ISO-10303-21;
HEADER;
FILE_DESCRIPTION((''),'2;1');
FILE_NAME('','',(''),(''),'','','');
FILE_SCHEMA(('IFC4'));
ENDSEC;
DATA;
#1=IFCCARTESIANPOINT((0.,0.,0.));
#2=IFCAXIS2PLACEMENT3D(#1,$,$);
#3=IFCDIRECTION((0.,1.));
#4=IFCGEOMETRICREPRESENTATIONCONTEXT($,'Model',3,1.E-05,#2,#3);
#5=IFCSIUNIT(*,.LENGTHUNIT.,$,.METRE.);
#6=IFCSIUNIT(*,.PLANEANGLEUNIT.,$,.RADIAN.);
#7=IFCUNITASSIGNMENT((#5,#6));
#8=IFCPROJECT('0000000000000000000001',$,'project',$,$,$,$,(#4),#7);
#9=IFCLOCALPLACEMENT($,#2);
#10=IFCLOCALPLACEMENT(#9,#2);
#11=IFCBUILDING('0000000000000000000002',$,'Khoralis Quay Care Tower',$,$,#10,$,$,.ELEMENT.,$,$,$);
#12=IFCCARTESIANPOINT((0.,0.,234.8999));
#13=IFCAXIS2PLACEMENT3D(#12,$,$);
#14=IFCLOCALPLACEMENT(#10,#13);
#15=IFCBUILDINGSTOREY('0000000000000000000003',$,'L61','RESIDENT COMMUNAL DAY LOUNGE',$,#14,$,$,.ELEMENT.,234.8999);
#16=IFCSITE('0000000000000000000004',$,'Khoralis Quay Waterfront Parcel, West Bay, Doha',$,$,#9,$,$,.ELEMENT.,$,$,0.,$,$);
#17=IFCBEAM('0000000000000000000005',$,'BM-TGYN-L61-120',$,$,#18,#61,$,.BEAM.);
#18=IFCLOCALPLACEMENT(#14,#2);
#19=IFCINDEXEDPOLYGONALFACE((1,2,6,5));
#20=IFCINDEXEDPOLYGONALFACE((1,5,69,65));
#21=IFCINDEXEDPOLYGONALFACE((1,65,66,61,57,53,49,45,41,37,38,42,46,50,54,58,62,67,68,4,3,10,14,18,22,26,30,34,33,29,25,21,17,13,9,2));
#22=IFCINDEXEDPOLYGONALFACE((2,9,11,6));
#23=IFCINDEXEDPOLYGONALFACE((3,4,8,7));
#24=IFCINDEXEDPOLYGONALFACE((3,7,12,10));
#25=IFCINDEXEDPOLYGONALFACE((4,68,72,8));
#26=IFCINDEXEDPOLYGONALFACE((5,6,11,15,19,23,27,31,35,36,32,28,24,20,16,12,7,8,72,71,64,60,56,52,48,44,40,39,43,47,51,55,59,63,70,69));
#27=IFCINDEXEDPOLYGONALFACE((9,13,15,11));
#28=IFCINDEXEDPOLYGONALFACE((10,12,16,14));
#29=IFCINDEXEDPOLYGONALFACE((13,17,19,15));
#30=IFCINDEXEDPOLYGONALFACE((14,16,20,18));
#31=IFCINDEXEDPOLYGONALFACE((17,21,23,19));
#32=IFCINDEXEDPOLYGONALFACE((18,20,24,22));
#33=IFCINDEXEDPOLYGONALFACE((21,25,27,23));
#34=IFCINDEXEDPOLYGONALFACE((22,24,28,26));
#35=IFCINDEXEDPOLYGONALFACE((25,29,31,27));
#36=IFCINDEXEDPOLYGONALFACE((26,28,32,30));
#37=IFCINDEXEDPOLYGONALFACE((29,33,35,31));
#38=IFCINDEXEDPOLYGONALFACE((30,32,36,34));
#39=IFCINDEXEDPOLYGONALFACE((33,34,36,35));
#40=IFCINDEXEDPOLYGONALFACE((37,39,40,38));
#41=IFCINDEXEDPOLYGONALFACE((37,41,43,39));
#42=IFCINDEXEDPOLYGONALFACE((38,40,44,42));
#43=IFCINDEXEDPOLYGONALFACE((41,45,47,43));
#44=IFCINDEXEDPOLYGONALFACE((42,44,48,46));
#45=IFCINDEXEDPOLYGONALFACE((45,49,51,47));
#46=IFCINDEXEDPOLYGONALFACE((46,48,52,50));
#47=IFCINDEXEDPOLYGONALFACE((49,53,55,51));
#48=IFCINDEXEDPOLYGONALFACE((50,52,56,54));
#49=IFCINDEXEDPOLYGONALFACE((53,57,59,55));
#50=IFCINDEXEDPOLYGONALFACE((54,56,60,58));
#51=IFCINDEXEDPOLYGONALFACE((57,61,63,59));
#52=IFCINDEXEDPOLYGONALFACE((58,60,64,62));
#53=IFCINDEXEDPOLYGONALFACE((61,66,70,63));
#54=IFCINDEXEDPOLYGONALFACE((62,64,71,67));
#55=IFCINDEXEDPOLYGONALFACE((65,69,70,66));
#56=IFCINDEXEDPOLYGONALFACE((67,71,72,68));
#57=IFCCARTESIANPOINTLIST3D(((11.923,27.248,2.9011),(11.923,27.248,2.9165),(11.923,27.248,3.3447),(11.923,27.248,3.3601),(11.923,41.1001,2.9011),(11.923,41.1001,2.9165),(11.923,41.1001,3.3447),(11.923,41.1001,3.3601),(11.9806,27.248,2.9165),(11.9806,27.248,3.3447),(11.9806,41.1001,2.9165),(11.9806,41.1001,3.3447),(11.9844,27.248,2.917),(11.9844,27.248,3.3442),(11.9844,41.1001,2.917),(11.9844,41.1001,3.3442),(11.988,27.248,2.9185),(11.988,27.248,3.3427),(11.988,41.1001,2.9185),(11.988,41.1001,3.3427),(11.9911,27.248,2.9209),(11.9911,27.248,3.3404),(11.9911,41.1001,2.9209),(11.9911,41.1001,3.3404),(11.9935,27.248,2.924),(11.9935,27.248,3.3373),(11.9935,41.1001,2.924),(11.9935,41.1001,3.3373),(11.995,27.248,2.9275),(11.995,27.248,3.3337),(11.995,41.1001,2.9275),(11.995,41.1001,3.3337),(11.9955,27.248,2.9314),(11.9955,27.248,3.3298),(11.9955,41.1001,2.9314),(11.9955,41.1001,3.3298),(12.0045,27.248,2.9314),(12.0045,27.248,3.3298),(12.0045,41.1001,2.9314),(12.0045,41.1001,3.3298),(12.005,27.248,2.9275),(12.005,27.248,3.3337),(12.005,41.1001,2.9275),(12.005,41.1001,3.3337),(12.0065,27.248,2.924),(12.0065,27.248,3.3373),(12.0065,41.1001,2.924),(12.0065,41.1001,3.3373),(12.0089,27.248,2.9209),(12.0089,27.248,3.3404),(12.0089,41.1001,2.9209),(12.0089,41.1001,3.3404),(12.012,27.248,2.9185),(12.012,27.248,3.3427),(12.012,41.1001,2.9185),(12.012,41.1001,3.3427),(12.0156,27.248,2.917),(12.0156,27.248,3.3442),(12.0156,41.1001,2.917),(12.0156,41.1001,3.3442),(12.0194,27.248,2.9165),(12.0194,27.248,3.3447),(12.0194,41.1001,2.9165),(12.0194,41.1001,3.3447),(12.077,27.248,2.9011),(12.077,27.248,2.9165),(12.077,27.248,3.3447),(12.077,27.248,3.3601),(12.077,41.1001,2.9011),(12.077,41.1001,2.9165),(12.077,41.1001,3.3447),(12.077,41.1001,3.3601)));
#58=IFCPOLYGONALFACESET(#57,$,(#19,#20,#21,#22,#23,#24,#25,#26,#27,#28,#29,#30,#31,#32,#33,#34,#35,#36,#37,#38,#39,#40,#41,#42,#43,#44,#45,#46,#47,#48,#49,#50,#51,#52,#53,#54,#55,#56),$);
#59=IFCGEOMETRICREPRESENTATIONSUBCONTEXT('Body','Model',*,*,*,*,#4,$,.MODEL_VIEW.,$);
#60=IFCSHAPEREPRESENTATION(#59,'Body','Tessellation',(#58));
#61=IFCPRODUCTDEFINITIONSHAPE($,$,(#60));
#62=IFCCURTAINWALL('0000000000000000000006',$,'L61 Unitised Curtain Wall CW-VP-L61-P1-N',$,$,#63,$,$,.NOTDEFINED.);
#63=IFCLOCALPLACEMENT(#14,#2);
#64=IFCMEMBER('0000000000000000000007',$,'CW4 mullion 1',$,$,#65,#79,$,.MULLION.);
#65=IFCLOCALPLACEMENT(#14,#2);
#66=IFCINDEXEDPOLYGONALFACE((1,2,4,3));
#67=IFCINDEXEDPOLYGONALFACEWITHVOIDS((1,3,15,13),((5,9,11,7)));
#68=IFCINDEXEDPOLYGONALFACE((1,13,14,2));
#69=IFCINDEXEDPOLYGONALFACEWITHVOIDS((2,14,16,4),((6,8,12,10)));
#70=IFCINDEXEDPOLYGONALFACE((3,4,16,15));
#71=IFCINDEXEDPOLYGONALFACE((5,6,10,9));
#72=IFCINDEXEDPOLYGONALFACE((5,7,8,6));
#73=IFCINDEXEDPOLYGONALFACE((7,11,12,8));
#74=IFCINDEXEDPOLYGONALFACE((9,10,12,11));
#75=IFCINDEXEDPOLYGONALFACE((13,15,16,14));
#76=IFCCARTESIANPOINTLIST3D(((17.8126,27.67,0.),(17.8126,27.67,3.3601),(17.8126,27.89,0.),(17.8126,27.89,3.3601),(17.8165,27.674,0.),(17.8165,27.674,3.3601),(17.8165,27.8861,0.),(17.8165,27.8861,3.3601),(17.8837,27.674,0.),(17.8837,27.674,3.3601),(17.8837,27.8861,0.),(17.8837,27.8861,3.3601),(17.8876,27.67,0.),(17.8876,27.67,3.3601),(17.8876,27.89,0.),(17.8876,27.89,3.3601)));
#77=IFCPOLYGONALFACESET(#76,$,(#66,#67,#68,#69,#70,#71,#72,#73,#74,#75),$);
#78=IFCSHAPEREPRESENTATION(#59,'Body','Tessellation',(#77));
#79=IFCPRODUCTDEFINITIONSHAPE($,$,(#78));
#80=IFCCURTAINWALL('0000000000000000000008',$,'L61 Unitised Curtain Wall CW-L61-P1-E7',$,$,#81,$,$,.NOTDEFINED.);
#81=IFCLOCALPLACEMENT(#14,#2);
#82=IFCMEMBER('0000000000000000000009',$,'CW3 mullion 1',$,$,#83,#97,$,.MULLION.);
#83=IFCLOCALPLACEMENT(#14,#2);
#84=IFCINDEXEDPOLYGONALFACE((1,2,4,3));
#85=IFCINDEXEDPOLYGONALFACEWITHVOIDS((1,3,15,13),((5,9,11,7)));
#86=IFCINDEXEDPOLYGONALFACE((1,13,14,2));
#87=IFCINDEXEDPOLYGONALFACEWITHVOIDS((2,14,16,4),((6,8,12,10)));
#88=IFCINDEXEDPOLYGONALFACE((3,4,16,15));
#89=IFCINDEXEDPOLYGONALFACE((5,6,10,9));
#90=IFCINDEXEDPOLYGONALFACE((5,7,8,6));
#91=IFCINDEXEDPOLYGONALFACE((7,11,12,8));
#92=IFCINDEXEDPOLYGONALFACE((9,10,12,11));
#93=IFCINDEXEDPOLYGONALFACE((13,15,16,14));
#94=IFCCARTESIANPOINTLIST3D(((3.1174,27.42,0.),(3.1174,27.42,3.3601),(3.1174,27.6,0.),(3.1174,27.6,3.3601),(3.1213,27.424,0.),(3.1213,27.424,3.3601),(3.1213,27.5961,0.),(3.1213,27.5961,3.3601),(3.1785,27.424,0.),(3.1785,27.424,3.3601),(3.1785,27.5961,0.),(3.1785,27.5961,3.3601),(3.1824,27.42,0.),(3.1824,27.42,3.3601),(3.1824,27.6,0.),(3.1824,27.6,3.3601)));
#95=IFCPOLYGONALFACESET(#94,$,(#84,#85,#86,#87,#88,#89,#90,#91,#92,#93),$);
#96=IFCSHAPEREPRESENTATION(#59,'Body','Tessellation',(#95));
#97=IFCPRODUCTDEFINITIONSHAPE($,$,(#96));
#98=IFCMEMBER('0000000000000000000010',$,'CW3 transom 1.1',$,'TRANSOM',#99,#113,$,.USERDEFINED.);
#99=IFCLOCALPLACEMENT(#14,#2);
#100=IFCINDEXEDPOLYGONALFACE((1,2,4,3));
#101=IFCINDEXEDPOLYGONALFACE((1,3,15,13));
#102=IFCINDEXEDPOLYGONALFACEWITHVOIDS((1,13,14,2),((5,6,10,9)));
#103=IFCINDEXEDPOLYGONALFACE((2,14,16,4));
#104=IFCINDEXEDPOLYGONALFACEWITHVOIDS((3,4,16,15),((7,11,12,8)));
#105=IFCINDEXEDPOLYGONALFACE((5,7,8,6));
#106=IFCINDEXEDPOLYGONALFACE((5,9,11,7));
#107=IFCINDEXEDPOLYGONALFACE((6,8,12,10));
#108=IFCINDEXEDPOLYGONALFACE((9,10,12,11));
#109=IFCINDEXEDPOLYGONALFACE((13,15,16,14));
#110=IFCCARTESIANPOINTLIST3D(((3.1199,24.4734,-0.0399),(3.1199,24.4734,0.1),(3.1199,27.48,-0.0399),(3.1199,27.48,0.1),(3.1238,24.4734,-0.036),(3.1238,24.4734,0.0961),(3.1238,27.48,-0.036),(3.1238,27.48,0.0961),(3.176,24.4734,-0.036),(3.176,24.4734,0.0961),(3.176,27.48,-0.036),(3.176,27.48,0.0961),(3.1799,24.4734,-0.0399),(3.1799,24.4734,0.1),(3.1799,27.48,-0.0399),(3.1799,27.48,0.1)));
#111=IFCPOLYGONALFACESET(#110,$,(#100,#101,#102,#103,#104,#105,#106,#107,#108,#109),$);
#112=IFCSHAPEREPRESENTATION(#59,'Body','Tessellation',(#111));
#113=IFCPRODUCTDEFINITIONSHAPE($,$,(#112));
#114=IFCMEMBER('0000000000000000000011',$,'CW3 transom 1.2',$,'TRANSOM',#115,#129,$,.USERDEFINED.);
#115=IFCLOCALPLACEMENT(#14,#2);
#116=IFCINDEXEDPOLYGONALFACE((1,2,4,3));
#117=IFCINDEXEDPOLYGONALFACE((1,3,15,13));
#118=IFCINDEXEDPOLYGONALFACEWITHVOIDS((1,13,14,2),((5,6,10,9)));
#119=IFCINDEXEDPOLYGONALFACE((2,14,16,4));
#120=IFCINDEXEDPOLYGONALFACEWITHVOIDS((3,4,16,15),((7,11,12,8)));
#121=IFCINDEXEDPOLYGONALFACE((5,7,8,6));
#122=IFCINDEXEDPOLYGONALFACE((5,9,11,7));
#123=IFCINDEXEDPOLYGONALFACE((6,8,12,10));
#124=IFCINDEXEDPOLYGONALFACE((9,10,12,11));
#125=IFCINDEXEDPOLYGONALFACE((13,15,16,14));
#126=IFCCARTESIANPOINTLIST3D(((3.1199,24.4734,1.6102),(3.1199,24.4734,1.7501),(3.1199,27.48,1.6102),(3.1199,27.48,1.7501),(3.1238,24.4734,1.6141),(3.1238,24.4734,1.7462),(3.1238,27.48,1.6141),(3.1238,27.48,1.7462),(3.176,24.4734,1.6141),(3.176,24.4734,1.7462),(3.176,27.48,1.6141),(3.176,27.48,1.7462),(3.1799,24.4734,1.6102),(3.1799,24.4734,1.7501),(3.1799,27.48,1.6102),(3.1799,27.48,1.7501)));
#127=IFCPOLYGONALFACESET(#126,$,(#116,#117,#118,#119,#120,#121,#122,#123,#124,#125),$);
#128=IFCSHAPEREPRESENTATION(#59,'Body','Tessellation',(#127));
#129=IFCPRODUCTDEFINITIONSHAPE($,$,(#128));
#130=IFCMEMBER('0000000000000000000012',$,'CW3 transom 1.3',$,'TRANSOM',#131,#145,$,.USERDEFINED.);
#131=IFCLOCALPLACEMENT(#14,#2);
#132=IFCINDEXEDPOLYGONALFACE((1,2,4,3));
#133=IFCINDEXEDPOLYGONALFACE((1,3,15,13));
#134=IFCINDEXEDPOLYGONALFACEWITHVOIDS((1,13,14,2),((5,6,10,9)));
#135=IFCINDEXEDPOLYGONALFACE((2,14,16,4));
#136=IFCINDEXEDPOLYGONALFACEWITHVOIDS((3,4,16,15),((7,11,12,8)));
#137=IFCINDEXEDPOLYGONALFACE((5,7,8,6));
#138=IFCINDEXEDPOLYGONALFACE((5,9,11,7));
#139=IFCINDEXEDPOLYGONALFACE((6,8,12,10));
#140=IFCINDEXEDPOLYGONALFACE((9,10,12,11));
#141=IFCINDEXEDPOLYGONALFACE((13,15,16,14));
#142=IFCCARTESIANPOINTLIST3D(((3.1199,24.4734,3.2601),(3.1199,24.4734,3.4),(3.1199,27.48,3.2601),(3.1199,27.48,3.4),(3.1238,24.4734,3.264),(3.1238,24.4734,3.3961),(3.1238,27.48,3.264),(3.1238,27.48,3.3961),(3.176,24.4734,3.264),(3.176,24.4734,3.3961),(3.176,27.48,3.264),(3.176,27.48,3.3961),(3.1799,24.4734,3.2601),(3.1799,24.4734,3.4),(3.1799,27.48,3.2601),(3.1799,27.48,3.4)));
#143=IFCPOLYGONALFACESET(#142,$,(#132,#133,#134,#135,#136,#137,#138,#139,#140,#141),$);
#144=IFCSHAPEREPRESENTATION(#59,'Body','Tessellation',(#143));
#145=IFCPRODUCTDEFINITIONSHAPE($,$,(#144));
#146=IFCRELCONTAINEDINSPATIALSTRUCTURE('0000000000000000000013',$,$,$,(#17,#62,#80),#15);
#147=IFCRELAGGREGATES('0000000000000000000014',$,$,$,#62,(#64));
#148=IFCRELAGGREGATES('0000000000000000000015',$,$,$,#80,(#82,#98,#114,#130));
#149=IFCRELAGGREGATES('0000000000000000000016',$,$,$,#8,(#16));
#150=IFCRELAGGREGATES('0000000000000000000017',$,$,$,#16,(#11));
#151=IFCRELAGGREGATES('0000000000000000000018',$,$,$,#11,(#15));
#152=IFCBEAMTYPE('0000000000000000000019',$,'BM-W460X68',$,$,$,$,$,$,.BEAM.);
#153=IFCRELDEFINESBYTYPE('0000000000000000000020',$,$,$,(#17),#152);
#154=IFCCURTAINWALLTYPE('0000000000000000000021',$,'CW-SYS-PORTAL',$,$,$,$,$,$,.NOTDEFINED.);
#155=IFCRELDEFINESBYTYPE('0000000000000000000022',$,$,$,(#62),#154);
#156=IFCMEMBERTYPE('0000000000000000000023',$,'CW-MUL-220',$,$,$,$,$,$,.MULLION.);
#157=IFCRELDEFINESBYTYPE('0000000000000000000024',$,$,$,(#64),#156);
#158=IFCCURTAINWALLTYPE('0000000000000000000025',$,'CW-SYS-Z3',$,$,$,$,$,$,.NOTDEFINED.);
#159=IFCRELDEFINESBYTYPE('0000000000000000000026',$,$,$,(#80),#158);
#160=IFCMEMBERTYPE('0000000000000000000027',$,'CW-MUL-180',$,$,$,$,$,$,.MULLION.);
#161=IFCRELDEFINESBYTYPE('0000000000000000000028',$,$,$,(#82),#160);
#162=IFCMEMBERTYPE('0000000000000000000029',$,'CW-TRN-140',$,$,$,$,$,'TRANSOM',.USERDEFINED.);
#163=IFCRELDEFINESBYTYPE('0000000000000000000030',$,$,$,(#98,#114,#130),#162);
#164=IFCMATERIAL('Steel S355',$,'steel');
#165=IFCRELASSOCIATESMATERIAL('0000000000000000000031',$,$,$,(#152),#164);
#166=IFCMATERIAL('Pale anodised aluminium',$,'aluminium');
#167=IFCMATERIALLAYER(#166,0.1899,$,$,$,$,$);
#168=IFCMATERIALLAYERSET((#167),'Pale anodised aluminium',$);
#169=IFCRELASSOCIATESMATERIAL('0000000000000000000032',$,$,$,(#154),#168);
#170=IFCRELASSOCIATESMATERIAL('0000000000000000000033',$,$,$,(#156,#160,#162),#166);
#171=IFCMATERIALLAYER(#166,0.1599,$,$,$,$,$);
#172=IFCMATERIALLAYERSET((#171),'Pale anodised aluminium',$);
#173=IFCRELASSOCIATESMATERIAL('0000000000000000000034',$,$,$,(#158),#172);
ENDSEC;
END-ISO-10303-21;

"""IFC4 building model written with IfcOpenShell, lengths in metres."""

from ifc_helpers import new_model, si_unit, direction, frame, origin, origin_2d, place, context, subcontext, project, spatial, hollow_rectangle, i_section, extrude, source, transform, mapped, material, layer, layer_set, material_profile, profile_set, type_object, element, aggregate, save


model = new_model("IFC4")

# Units and contexts
model_context = context("Model", 3, precision=1e-05, world=origin(), true_north=direction((0.0, 1.0)))
body_context = subcontext(model_context, "Body", "Model", "MODEL_VIEW")
ifc_project = project(units=[si_unit("LENGTHUNIT", "METRE"), si_unit("PLANEANGLEUNIT", "RADIAN")], contexts=[model_context])

# Site, building, storey
site_placement = place(None, origin())
site = spatial("IfcSite", under=ifc_project, at=site_placement, Name="Khoralis Quay Waterfront Parcel, West Bay, Doha", CompositionType="ELEMENT", RefElevation=0.0)
building_placement = place(site_placement, origin())
building = spatial("IfcBuilding", under=site, at=building_placement, Name="Khoralis Quay Care Tower", CompositionType="ELEMENT")
storey_placement = place(building_placement, frame((0.0, 0.0, 234.8999)))
storey = spatial("IfcBuildingStorey", under=building, at=storey_placement, Name="L61", Description="RESIDENT COMMUNAL DAY LOUNGE", CompositionType="ELEMENT", Elevation=234.8999)

# Beam
ifc_material_1 = material(Name="Steel S355", Category="steel")
ifc_material_profile_1 = material_profile(ifc_material_1, i_section(OverallWidth=0.1541, OverallDepth=0.459, WebThickness=0.009, FlangeThickness=0.0154, FilletRadius=0.0149, at=origin_2d()), Name="Steel S355")
ifc_profile_set_1 = profile_set([ifc_material_profile_1], Name="Steel S355")
beam_type_1 = type_object("IfcBeamType", Name="BM-W460X68", PredefinedType="BEAM", material=ifc_profile_set_1)
shared_shape_1 = source(origin(), body_context, "Body", "SweptSolid", [
    extrude(i_section(OverallWidth=0.1541, OverallDepth=0.459, WebThickness=0.009, FlangeThickness=0.0154, FilletRadius=0.0149, at=origin_2d()), origin(), (0.0, 0.0, 1.0), 13.8521),
])
beam_1_placement = place(storey_placement, frame((12.0, 27.248, 3.1306), z_axis=(0.0, 1.0, 0.0), x_axis=(-1.0, 0.0, 0.0)))
element("IfcBeam", 1, at=beam_1_placement, inside=storey, type_object=beam_type_1, Name="BM-TGYN-L61-120", PredefinedType="BEAM", context=body_context, shape_type="MappedRepresentation", body=[
    mapped(shared_shape_1, transform((0.0, 0.0, 0.0), scale=1.0)),
])

# Curtain wall, member
ifc_material_2 = material(Name="Pale anodised aluminium", Category="aluminium")
ifc_layer_1 = layer(ifc_material_2, 0.1899)
ifc_layer_set_1 = layer_set([ifc_layer_1], Name="Pale anodised aluminium")
curtain_wall_type_1 = type_object("IfcCurtainWallType", Name="CW-SYS-PORTAL", PredefinedType="NOTDEFINED", material=ifc_layer_set_1)
curtain_wall_1_placement = place(storey_placement, origin())
curtain_wall_1 = element("IfcCurtainWall", 2, at=curtain_wall_1_placement, inside=storey, type_object=curtain_wall_type_1, Name="L61 Unitised Curtain Wall CW-VP-L61-P1-N", PredefinedType="NOTDEFINED")
ifc_material_profile_2 = material_profile(ifc_material_2, hollow_rectangle(XDim=0.075, YDim=0.22, WallThickness=0.0039, at=origin_2d()), Name="Pale anodised aluminium")
ifc_profile_set_2 = profile_set([ifc_material_profile_2], Name="Pale anodised aluminium")
member_type_1 = type_object("IfcMemberType", Name="CW-MUL-220", PredefinedType="MULLION", material=ifc_profile_set_2)
shared_shape_2 = source(origin(), body_context, "Body", "SweptSolid", [
    extrude(hollow_rectangle(XDim=0.075, YDim=0.22, WallThickness=0.0039, at=origin_2d()), origin(), (0.0, 0.0, 1.0), 3.3601),
])
member_1_placement = place(storey_placement, frame((17.8501, 27.78, 0.0), z_axis=(0.0, 0.0, 1.0), x_axis=(-1.0, 0.0, 0.0)))
member_1 = element("IfcMember", 3, at=member_1_placement, type_object=member_type_1, Name="CW4 mullion 1", PredefinedType="MULLION", context=body_context, shape_type="MappedRepresentation", body=[
    mapped(shared_shape_2, transform((0.0, 0.0, 0.0), scale=1.0)),
])
aggregate(curtain_wall_1, [member_1])

# Curtain wall, members
ifc_layer_2 = layer(ifc_material_2, 0.1599)
ifc_layer_set_2 = layer_set([ifc_layer_2], Name="Pale anodised aluminium")
curtain_wall_type_2 = type_object("IfcCurtainWallType", Name="CW-SYS-Z3", PredefinedType="NOTDEFINED", material=ifc_layer_set_2)
curtain_wall_2_placement = place(storey_placement, origin())
curtain_wall_2 = element("IfcCurtainWall", 4, at=curtain_wall_2_placement, inside=storey, type_object=curtain_wall_type_2, Name="L61 Unitised Curtain Wall CW-L61-P1-E7", PredefinedType="NOTDEFINED")
ifc_material_profile_3 = material_profile(ifc_material_2, hollow_rectangle(XDim=0.0649, YDim=0.1799, WallThickness=0.0039, at=origin_2d()), Name="Pale anodised aluminium")
ifc_profile_set_3 = profile_set([ifc_material_profile_3], Name="Pale anodised aluminium")
member_type_2 = type_object("IfcMemberType", Name="CW-MUL-180", PredefinedType="MULLION", material=ifc_profile_set_3)
shared_shape_3 = source(origin(), body_context, "Body", "SweptSolid", [
    extrude(hollow_rectangle(XDim=0.0649, YDim=0.1799, WallThickness=0.0039, at=origin_2d()), origin(), (0.0, 0.0, 1.0), 3.3601),
])
member_2_placement = place(storey_placement, frame((3.1499, 27.51, 0.0), z_axis=(0.0, 0.0, 1.0), x_axis=(1.0, 0.0, 0.0)))
member_2 = element("IfcMember", 5, at=member_2_placement, type_object=member_type_2, Name="CW3 mullion 1", PredefinedType="MULLION", context=body_context, shape_type="MappedRepresentation", body=[
    mapped(shared_shape_3, transform((0.0, 0.0, 0.0), scale=1.0)),
])
ifc_material_profile_4 = material_profile(ifc_material_2, hollow_rectangle(XDim=0.0601, YDim=0.1399, WallThickness=0.0039, at=origin_2d()), Name="Pale anodised aluminium")
ifc_profile_set_4 = profile_set([ifc_material_profile_4], Name="Pale anodised aluminium")
member_type_3 = type_object("IfcMemberType", Name="CW-TRN-140", ElementType="TRANSOM", PredefinedType="USERDEFINED", material=ifc_profile_set_4)
shared_shape_4 = source(origin(), body_context, "Body", "SweptSolid", [
    extrude(hollow_rectangle(XDim=0.0601, YDim=0.1399, WallThickness=0.0039, at=origin_2d()), origin(), (0.0, 0.0, 1.0), 3.0066),
])
member_3_placement = place(storey_placement, frame((3.1499, 27.48, 0.03), z_axis=(0.0, -1.0, 0.0), x_axis=(1.0, 0.0, 0.0)))
member_3 = element("IfcMember", 6, at=member_3_placement, type_object=member_type_3, Name="CW3 transom 1.1", ObjectType="TRANSOM", PredefinedType="USERDEFINED", context=body_context, shape_type="MappedRepresentation", body=[
    mapped(shared_shape_4, transform((0.0, 0.0, 0.0), scale=1.0)),
])
member_4_placement = place(storey_placement, frame((3.1499, 27.48, 1.6802), z_axis=(0.0, -1.0, 0.0), x_axis=(1.0, 0.0, 0.0)))
member_4 = element("IfcMember", 7, at=member_4_placement, type_object=member_type_3, Name="CW3 transom 1.2", ObjectType="TRANSOM", PredefinedType="USERDEFINED", context=body_context, shape_type="MappedRepresentation", body=[
    mapped(shared_shape_4, transform((0.0, 0.0, 0.0), scale=1.0)),
])
member_5_placement = place(storey_placement, frame((3.1499, 27.48, 3.3301), z_axis=(0.0, -1.0, 0.0), x_axis=(1.0, 0.0, 0.0)))
member_5 = element("IfcMember", 8, at=member_5_placement, type_object=member_type_3, Name="CW3 transom 1.3", ObjectType="TRANSOM", PredefinedType="USERDEFINED", context=body_context, shape_type="MappedRepresentation", body=[
    mapped(shared_shape_4, transform((0.0, 0.0, 0.0), scale=1.0)),
])
aggregate(curtain_wall_2, [member_2, member_3, member_4, member_5])

save(model, "model.ifc")
